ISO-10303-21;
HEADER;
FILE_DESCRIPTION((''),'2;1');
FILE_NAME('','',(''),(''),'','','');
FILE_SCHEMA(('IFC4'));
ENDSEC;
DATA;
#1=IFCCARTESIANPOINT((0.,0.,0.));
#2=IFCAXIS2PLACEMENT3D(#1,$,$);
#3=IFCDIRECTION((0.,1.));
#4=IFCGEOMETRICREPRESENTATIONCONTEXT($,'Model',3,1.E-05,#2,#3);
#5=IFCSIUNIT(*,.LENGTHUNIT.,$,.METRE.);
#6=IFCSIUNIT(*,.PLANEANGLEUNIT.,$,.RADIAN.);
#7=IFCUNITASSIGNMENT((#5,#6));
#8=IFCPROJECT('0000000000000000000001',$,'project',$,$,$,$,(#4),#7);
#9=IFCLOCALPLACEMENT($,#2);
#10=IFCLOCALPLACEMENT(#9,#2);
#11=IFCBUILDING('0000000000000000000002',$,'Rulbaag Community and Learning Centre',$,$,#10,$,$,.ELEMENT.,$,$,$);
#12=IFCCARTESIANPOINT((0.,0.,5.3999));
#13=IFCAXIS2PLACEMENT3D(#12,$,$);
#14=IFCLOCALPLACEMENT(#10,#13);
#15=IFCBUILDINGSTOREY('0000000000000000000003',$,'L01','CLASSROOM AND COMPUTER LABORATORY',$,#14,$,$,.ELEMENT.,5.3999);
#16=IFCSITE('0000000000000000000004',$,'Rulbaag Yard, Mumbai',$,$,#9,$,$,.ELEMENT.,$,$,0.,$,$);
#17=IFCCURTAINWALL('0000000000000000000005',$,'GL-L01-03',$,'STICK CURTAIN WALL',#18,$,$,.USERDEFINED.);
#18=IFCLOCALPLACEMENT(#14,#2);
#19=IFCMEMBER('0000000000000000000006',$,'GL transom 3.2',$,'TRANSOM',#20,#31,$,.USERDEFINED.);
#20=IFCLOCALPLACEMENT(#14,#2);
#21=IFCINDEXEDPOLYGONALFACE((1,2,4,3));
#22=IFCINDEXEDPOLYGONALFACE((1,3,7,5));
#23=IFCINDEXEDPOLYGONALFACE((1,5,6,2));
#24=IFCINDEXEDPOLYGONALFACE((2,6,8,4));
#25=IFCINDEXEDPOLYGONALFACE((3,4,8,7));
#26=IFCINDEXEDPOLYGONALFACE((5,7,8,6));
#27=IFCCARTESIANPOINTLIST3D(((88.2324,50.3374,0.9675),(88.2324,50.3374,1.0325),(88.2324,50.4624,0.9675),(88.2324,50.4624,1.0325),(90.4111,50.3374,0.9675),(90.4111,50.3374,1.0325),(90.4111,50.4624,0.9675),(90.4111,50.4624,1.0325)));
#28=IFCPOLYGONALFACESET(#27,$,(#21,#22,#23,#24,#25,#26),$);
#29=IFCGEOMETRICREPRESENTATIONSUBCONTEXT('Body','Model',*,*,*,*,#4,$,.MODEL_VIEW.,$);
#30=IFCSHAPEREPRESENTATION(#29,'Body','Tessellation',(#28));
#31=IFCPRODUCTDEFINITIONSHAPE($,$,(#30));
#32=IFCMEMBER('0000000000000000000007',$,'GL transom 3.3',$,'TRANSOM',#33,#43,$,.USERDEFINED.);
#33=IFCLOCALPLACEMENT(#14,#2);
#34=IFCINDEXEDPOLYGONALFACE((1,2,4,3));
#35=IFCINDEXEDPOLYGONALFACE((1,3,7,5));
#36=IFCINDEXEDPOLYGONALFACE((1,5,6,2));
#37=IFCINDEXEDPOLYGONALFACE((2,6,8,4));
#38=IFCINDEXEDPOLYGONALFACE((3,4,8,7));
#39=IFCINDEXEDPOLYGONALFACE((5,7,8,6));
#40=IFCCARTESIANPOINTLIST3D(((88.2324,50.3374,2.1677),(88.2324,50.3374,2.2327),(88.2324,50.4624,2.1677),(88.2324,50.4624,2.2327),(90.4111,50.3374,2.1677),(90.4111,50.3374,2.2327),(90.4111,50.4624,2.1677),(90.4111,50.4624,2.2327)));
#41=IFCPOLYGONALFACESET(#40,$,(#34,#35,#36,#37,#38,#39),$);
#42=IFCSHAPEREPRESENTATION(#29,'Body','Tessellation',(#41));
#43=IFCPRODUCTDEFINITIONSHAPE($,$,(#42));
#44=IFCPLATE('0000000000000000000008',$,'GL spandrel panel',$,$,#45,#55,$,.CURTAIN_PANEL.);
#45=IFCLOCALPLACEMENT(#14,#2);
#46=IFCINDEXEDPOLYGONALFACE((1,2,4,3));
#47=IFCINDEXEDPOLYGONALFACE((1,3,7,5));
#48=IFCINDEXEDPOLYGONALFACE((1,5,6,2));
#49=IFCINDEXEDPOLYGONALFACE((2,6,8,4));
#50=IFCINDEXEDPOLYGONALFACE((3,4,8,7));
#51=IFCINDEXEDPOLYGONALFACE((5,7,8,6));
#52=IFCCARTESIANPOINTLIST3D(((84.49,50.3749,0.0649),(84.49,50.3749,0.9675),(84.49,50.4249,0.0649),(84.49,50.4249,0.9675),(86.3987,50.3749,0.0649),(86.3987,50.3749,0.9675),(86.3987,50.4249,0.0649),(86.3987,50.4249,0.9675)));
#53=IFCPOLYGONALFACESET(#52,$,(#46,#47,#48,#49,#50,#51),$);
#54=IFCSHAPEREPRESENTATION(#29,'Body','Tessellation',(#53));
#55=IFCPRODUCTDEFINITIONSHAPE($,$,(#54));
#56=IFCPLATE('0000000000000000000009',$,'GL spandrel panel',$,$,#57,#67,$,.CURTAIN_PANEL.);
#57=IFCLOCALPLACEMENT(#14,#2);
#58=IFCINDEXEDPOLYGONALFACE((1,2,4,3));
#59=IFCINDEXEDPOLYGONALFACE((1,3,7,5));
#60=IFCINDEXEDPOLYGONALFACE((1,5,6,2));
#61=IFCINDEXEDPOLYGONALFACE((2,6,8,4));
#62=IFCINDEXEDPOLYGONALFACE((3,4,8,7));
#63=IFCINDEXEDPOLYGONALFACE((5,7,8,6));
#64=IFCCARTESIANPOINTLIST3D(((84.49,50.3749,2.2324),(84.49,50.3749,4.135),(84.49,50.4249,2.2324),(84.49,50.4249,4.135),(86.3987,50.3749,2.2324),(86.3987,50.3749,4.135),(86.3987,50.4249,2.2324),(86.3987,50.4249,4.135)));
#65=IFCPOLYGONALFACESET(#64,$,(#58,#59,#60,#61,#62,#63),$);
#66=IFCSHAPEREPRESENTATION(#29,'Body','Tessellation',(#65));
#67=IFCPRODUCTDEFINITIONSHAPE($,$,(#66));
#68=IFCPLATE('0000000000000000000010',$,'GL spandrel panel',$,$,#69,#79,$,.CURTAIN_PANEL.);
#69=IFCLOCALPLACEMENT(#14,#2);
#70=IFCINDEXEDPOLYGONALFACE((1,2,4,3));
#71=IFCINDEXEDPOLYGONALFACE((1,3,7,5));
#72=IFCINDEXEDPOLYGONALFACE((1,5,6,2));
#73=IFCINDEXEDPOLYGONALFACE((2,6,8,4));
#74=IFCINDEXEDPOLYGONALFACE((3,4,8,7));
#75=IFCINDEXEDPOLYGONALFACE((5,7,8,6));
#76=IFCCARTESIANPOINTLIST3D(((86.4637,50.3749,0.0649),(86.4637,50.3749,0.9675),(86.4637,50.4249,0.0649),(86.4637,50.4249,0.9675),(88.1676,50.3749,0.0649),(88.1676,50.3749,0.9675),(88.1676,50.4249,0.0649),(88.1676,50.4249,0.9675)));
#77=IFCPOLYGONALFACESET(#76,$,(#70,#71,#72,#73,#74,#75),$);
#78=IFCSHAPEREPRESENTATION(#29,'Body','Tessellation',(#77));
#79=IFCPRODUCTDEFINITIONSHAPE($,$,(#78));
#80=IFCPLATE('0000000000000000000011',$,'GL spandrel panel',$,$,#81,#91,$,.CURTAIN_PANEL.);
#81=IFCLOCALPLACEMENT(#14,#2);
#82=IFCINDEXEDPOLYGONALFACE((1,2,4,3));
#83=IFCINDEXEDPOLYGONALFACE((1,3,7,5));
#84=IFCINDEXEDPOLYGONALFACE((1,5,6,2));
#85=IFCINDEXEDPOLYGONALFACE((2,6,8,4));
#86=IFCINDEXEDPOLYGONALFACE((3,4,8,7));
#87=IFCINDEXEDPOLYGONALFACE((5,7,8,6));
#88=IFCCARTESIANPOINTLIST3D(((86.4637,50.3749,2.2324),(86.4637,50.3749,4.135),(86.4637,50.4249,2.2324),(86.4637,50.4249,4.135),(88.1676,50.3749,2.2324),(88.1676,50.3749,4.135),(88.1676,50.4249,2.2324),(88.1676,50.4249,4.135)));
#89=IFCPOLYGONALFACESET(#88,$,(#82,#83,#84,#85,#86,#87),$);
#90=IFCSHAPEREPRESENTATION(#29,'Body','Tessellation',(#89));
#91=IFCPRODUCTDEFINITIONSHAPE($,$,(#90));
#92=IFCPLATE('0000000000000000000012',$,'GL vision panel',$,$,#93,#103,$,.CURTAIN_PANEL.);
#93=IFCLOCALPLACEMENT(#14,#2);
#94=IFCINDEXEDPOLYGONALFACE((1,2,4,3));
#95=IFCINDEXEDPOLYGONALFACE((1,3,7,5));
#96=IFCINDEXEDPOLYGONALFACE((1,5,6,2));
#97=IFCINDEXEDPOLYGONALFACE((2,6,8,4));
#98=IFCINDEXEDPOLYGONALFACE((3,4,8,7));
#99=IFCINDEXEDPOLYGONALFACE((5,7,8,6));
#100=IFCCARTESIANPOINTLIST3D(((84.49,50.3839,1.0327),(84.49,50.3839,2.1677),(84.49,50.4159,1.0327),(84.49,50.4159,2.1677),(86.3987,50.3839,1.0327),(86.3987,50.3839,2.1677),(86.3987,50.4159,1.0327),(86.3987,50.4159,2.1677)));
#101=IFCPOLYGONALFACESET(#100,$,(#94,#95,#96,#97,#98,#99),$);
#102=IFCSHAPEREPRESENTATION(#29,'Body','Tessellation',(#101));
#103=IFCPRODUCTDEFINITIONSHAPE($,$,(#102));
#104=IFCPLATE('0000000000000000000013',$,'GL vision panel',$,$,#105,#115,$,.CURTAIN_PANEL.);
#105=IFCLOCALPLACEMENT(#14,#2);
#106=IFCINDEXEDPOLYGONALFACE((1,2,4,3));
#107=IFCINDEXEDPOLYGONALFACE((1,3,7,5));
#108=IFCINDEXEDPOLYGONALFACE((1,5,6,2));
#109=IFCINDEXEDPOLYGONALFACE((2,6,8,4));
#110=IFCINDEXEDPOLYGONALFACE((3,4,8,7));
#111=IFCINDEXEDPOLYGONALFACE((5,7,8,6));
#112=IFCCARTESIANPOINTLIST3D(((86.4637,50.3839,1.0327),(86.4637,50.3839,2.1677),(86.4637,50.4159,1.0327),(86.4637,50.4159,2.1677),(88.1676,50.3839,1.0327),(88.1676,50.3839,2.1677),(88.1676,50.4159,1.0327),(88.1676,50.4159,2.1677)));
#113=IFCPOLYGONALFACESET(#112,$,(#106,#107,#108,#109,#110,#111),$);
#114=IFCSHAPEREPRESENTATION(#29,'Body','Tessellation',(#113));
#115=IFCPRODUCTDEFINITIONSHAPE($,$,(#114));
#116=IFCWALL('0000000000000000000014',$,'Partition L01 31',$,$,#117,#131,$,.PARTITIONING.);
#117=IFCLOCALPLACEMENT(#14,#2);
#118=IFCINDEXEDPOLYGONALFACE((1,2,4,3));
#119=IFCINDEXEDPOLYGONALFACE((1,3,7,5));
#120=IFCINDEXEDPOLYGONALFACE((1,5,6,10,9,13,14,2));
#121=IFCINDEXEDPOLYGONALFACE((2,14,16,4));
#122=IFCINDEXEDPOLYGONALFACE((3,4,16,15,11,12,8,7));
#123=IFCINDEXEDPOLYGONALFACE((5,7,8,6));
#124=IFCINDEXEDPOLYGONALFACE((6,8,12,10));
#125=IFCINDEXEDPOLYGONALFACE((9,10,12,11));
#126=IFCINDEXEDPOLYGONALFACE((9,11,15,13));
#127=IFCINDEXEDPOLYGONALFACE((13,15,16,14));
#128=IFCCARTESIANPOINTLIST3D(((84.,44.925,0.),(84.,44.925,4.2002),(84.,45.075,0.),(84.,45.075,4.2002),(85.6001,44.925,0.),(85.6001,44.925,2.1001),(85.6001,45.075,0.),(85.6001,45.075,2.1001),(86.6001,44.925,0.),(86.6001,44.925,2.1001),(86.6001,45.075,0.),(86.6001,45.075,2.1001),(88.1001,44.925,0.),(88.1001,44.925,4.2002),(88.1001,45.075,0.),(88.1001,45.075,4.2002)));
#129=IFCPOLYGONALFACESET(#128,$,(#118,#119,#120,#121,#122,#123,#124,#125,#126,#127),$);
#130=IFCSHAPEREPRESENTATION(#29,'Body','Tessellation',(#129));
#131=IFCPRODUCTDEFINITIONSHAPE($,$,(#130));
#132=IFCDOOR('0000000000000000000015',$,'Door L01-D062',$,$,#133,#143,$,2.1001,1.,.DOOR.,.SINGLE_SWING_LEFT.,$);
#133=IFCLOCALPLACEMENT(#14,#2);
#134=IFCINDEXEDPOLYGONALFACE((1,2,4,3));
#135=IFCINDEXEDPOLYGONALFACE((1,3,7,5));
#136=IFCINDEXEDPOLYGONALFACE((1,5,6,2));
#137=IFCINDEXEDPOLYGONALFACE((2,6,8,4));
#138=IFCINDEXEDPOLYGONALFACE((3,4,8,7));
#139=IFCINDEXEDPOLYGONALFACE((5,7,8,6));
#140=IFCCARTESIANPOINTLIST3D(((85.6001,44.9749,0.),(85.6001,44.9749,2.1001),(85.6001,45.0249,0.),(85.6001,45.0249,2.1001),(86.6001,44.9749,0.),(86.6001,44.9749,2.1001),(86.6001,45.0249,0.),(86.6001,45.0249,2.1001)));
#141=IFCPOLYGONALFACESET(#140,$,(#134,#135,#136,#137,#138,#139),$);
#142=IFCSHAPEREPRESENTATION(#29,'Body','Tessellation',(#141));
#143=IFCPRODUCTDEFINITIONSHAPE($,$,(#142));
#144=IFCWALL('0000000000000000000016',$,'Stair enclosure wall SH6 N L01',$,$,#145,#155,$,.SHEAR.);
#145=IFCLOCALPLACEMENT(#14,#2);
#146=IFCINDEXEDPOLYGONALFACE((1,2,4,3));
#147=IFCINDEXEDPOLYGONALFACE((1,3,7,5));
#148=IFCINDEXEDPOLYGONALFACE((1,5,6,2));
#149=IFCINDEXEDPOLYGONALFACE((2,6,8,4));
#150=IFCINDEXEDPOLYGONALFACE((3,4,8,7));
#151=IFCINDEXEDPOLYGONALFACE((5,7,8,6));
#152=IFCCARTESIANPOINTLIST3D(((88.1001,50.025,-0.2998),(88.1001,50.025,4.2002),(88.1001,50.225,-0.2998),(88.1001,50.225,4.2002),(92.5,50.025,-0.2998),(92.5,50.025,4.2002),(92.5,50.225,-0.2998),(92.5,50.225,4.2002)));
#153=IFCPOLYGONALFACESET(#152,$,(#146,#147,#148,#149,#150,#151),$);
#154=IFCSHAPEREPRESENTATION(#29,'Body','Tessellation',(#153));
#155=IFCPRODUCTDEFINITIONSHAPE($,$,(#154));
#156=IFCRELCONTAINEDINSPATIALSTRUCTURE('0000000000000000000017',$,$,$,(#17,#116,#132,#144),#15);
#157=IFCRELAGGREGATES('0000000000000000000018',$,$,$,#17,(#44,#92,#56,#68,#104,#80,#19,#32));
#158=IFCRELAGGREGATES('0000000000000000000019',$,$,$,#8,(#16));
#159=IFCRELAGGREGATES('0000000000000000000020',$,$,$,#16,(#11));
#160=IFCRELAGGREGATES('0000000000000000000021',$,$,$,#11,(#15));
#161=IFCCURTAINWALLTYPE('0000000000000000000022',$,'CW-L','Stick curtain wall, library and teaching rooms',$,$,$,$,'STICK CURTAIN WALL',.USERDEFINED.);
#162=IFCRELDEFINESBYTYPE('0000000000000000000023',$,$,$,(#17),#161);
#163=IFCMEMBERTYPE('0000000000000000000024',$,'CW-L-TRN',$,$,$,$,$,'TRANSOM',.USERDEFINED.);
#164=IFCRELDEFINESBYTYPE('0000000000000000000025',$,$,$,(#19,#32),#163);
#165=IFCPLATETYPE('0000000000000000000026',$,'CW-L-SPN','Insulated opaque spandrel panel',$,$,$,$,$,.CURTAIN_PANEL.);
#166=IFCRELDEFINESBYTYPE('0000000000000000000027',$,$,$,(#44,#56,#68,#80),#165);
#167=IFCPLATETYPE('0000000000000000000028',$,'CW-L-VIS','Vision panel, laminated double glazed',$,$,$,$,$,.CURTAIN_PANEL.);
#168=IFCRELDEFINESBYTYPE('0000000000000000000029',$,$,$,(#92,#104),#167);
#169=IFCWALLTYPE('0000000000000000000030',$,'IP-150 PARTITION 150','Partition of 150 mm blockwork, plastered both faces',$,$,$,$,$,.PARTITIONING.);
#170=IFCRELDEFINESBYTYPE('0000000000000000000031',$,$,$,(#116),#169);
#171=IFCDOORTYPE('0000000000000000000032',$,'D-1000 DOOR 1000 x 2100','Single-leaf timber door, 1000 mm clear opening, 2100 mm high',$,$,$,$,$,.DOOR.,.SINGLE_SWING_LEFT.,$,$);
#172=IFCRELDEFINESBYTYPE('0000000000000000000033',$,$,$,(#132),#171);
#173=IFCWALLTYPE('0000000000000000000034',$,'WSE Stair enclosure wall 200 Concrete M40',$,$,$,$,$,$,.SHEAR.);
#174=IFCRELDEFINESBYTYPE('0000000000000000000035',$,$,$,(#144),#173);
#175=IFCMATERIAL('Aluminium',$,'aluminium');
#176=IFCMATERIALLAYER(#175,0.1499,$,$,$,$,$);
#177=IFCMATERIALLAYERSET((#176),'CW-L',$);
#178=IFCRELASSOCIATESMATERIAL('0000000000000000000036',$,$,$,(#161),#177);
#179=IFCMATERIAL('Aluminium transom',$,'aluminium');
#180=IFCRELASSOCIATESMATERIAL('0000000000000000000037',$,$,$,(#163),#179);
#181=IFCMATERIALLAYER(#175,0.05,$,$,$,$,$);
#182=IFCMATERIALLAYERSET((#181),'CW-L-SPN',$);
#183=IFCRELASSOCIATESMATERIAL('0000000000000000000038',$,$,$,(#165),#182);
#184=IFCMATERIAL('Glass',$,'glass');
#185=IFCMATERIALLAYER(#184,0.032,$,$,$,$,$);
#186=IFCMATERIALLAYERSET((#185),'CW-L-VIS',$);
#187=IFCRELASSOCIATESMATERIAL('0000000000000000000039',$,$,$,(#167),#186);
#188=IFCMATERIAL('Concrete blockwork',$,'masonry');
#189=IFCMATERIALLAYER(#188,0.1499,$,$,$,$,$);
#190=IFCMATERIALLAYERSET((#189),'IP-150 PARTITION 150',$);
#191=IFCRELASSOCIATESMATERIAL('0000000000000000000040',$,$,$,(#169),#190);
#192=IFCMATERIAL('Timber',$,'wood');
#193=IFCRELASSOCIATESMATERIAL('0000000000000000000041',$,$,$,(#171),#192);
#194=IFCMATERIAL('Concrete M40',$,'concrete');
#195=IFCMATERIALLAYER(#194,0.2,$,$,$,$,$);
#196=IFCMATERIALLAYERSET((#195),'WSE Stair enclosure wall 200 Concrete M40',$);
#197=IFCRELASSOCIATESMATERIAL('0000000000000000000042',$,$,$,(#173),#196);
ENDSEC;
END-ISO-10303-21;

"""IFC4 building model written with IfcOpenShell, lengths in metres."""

from ifc_helpers import new_model, si_unit, direction, frame, frame_2d, origin, origin_2d, place, context, subcontext, project, spatial, rectangle, extrude, material, layer, layer_set, material_profile, profile_set, type_object, element, fill, aggregate, save


model = new_model("IFC4")

# Units and contexts
model_context = context("Model", 3, precision=1e-05, world=origin(), true_north=direction((0.0, 1.0)))
body_context = subcontext(model_context, "Body", "Model", "MODEL_VIEW")
ifc_project = project(units=[si_unit("LENGTHUNIT", "METRE"), si_unit("PLANEANGLEUNIT", "RADIAN")], contexts=[model_context])

# Site, building, storey
site_placement = place(None, origin())
site = spatial("IfcSite", under=ifc_project, at=site_placement, Name="Rulbaag Yard, Mumbai", CompositionType="ELEMENT", RefElevation=0.0)
building_placement = place(site_placement, origin())
building = spatial("IfcBuilding", under=site, at=building_placement, Name="Rulbaag Community and Learning Centre", CompositionType="ELEMENT")
storey_placement = place(building_placement, frame((0.0, 0.0, 5.3999)))
storey = spatial("IfcBuildingStorey", under=building, at=storey_placement, Name="L01", Description="CLASSROOM AND COMPUTER LABORATORY", CompositionType="ELEMENT", Elevation=5.3999)

# Shared definitions
ifc_material_1 = material(Name="Concrete M40", Category="concrete")

# Curtain wall, members, plates
ifc_material_2 = material(Name="Aluminium", Category="aluminium")
ifc_layer_1 = layer(ifc_material_2, 0.1499)
ifc_layer_set_1 = layer_set([ifc_layer_1], Name="CW-L")
curtain_wall_type = type_object("IfcCurtainWallType", Name="CW-L", Description="Stick curtain wall, library and teaching rooms", ElementType="STICK CURTAIN WALL", PredefinedType="USERDEFINED", material=ifc_layer_set_1)
curtain_wall_placement = place(storey_placement, origin())
curtain_wall = element("IfcCurtainWall", 1, at=curtain_wall_placement, inside=storey, type_object=curtain_wall_type, Name="GL-L01-03", ObjectType="STICK CURTAIN WALL", PredefinedType="USERDEFINED")
ifc_material_3 = material(Name="Aluminium transom", Category="aluminium")
ifc_material_profile_1 = material_profile(ifc_material_3, rectangle(XDim=0.125, YDim=0.0649, at=origin_2d()), Name="AL 65x125 T")
ifc_profile_set_1 = profile_set([ifc_material_profile_1], Name="Aluminium transom")
member_type_1 = type_object("IfcMemberType", Name="CW-L-TRN", ElementType="TRANSOM", PredefinedType="USERDEFINED", material=ifc_profile_set_1)
member_1_placement = place(storey_placement, frame((88.2324, 50.3999, 1.0), z_axis=(1.0, 0.0, 0.0), x_axis=(0.0, 1.0, 0.0)))
member_1 = element("IfcMember", 2, at=member_1_placement, type_object=member_type_1, Name="GL transom 3.2", ObjectType="TRANSOM", PredefinedType="USERDEFINED", context=body_context, shape_type="SweptSolid", body=[
    extrude(rectangle(XDim=0.125, YDim=0.0649, at=origin_2d()), origin(), (0.0, 0.0, 1.0), 2.1787),
])
member_2_placement = place(storey_placement, frame((88.2324, 50.3999, 2.2002), z_axis=(1.0, 0.0, 0.0), x_axis=(0.0, 1.0, 0.0)))
member_2 = element("IfcMember", 3, at=member_2_placement, type_object=member_type_1, Name="GL transom 3.3", ObjectType="TRANSOM", PredefinedType="USERDEFINED", context=body_context, shape_type="SweptSolid", body=[
    extrude(rectangle(XDim=0.125, YDim=0.0649, at=origin_2d()), origin(), (0.0, 0.0, 1.0), 2.1787),
])
ifc_layer_2 = layer(ifc_material_2, 0.05)
ifc_layer_set_2 = layer_set([ifc_layer_2], Name="CW-L-SPN")
plate_type_1 = type_object("IfcPlateType", Name="CW-L-SPN", Description="Insulated opaque spandrel panel", PredefinedType="CURTAIN_PANEL", material=ifc_layer_set_2)
plate_1_placement = place(storey_placement, frame((85.4443, 50.3999, 0.0649), z_axis=(0.0, 0.0, 1.0), x_axis=(1.0, 0.0, 0.0)))
plate_1 = element("IfcPlate", 4, at=plate_1_placement, type_object=plate_type_1, Name="GL spandrel panel", PredefinedType="CURTAIN_PANEL", context=body_context, shape_type="SweptSolid", body=[
    extrude(rectangle(XDim=1.9087, YDim=0.05, at=origin_2d()), origin(), (0.0, 0.0, 1.0), 0.9026),
])
plate_2_placement = place(storey_placement, frame((85.4443, 50.3999, 2.2324), z_axis=(0.0, 0.0, 1.0), x_axis=(1.0, 0.0, 0.0)))
plate_2 = element("IfcPlate", 5, at=plate_2_placement, type_object=plate_type_1, Name="GL spandrel panel", PredefinedType="CURTAIN_PANEL", context=body_context, shape_type="SweptSolid", body=[
    extrude(rectangle(XDim=1.9087, YDim=0.05, at=origin_2d()), origin(), (0.0, 0.0, 1.0), 1.9026),
])
plate_3_placement = place(storey_placement, frame((87.3157, 50.3999, 0.0649), z_axis=(0.0, 0.0, 1.0), x_axis=(1.0, 0.0, 0.0)))
plate_3 = element("IfcPlate", 6, at=plate_3_placement, type_object=plate_type_1, Name="GL spandrel panel", PredefinedType="CURTAIN_PANEL", context=body_context, shape_type="SweptSolid", body=[
    extrude(rectangle(XDim=1.7039, YDim=0.05, at=origin_2d()), origin(), (0.0, 0.0, 1.0), 0.9026),
])
plate_4_placement = place(storey_placement, frame((87.3157, 50.3999, 2.2324), z_axis=(0.0, 0.0, 1.0), x_axis=(1.0, 0.0, 0.0)))
plate_4 = element("IfcPlate", 7, at=plate_4_placement, type_object=plate_type_1, Name="GL spandrel panel", PredefinedType="CURTAIN_PANEL", context=body_context, shape_type="SweptSolid", body=[
    extrude(rectangle(XDim=1.7039, YDim=0.05, at=origin_2d()), origin(), (0.0, 0.0, 1.0), 1.9026),
])
ifc_material_4 = material(Name="Glass", Category="glass")
ifc_layer_3 = layer(ifc_material_4, 0.032)
ifc_layer_set_3 = layer_set([ifc_layer_3], Name="CW-L-VIS")
plate_type_2 = type_object("IfcPlateType", Name="CW-L-VIS", Description="Vision panel, laminated double glazed", PredefinedType="CURTAIN_PANEL", material=ifc_layer_set_3)
plate_5_placement = place(storey_placement, frame((85.4443, 50.3999, 1.0327), z_axis=(0.0, 0.0, 1.0), x_axis=(1.0, 0.0, 0.0)))
plate_5 = element("IfcPlate", 8, at=plate_5_placement, type_object=plate_type_2, Name="GL vision panel", PredefinedType="CURTAIN_PANEL", context=body_context, shape_type="SweptSolid", body=[
    extrude(rectangle(XDim=1.9087, YDim=0.032, at=origin_2d()), origin(), (0.0, 0.0, 1.0), 1.135),
])
plate_6_placement = place(storey_placement, frame((87.3157, 50.3999, 1.0327), z_axis=(0.0, 0.0, 1.0), x_axis=(1.0, 0.0, 0.0)))
plate_6 = element("IfcPlate", 9, at=plate_6_placement, type_object=plate_type_2, Name="GL vision panel", PredefinedType="CURTAIN_PANEL", context=body_context, shape_type="SweptSolid", body=[
    extrude(rectangle(XDim=1.7039, YDim=0.032, at=origin_2d()), origin(), (0.0, 0.0, 1.0), 1.135),
])
aggregate(curtain_wall, [plate_1, plate_5, plate_2, plate_3, plate_6, plate_4, member_1, member_2])

# Wall, opening, door
ifc_material_5 = material(Name="Concrete blockwork", Category="masonry")
ifc_layer_4 = layer(ifc_material_5, 0.1499)
ifc_layer_set_4 = layer_set([ifc_layer_4], Name="IP-150 PARTITION 150")
wall_type_1 = type_object("IfcWallType", Name="IP-150 PARTITION 150", Description="Partition of 150 mm blockwork, plastered both faces", PredefinedType="PARTITIONING", material=ifc_layer_set_4)
wall_1_placement = place(storey_placement, frame((84.0, 45.0, 0.0), z_axis=(0.0, 0.0, 1.0), x_axis=(1.0, 0.0, 0.0)))
wall_1 = element("IfcWall", 10, at=wall_1_placement, inside=storey, type_object=wall_type_1, Name="Partition L01 31", PredefinedType="PARTITIONING", context=body_context, shape_type="SweptSolid", body=[
    extrude(rectangle(XDim=4.1001, YDim=0.1499, at=frame_2d((2.05, 0.0))), origin(), (0.0, 0.0, 1.0), 4.2002),
])
opening_placement = place(wall_1_placement, frame((1.6001, 0.0, 0.0)))
opening = element("IfcOpeningElement", 11, at=opening_placement, cuts=wall_1, PredefinedType="OPENING", context=body_context, shape_type="SweptSolid", body=[
    extrude(rectangle(XDim=1.0, YDim=2.1001, at=frame_2d((0.5, 1.05))), frame((0.0, 0.085, 0.0), z_axis=(0.0, -1.0, 0.0), x_axis=(1.0, 0.0, 0.0)), (0.0, 0.0, 1.0), 0.1699),
])
ifc_material_6 = material(Name="Timber", Category="wood")
door_type = type_object("IfcDoorType", Name="D-1000 DOOR 1000 x 2100", Description="Single-leaf timber door, 1000 mm clear opening, 2100 mm high", OperationType="SINGLE_SWING_LEFT", PredefinedType="DOOR", material=ifc_material_6)
door_placement = place(opening_placement, origin())
door = element("IfcDoor", 12, at=door_placement, inside=storey, type_object=door_type, Name="Door L01-D062", OperationType="SINGLE_SWING_LEFT", OverallHeight=2.1001, OverallWidth=1.0, PredefinedType="DOOR", context=body_context, shape_type="SweptSolid", body=[
    extrude(rectangle(XDim=1.0, YDim=2.1001, at=frame_2d((0.5, 1.05))), frame((0.0, 0.0249, 0.0), z_axis=(0.0, -1.0, 0.0), x_axis=(1.0, 0.0, 0.0)), (0.0, 0.0, 1.0), 0.05),
])
fill(opening, door)

# Wall
ifc_layer_5 = layer(ifc_material_1, 0.2)
ifc_layer_set_5 = layer_set([ifc_layer_5], Name="WSE Stair enclosure wall 200 Concrete M40")
wall_type_2 = type_object("IfcWallType", Name="WSE Stair enclosure wall 200 Concrete M40", PredefinedType="SHEAR", material=ifc_layer_set_5)
wall_2_placement = place(storey_placement, frame((88.1001, 50.125, -0.2998), z_axis=(0.0, 0.0, 1.0), x_axis=(1.0, 0.0, 0.0)))
element("IfcWall", 13, at=wall_2_placement, inside=storey, type_object=wall_type_2, Name="Stair enclosure wall SH6 N L01", PredefinedType="SHEAR", context=body_context, shape_type="SweptSolid", body=[
    extrude(rectangle(XDim=4.3999, YDim=0.2, at=frame_2d((2.2, 0.0))), origin(), (0.0, 0.0, 1.0), 4.5),
])

save(model, "model.ifc")
